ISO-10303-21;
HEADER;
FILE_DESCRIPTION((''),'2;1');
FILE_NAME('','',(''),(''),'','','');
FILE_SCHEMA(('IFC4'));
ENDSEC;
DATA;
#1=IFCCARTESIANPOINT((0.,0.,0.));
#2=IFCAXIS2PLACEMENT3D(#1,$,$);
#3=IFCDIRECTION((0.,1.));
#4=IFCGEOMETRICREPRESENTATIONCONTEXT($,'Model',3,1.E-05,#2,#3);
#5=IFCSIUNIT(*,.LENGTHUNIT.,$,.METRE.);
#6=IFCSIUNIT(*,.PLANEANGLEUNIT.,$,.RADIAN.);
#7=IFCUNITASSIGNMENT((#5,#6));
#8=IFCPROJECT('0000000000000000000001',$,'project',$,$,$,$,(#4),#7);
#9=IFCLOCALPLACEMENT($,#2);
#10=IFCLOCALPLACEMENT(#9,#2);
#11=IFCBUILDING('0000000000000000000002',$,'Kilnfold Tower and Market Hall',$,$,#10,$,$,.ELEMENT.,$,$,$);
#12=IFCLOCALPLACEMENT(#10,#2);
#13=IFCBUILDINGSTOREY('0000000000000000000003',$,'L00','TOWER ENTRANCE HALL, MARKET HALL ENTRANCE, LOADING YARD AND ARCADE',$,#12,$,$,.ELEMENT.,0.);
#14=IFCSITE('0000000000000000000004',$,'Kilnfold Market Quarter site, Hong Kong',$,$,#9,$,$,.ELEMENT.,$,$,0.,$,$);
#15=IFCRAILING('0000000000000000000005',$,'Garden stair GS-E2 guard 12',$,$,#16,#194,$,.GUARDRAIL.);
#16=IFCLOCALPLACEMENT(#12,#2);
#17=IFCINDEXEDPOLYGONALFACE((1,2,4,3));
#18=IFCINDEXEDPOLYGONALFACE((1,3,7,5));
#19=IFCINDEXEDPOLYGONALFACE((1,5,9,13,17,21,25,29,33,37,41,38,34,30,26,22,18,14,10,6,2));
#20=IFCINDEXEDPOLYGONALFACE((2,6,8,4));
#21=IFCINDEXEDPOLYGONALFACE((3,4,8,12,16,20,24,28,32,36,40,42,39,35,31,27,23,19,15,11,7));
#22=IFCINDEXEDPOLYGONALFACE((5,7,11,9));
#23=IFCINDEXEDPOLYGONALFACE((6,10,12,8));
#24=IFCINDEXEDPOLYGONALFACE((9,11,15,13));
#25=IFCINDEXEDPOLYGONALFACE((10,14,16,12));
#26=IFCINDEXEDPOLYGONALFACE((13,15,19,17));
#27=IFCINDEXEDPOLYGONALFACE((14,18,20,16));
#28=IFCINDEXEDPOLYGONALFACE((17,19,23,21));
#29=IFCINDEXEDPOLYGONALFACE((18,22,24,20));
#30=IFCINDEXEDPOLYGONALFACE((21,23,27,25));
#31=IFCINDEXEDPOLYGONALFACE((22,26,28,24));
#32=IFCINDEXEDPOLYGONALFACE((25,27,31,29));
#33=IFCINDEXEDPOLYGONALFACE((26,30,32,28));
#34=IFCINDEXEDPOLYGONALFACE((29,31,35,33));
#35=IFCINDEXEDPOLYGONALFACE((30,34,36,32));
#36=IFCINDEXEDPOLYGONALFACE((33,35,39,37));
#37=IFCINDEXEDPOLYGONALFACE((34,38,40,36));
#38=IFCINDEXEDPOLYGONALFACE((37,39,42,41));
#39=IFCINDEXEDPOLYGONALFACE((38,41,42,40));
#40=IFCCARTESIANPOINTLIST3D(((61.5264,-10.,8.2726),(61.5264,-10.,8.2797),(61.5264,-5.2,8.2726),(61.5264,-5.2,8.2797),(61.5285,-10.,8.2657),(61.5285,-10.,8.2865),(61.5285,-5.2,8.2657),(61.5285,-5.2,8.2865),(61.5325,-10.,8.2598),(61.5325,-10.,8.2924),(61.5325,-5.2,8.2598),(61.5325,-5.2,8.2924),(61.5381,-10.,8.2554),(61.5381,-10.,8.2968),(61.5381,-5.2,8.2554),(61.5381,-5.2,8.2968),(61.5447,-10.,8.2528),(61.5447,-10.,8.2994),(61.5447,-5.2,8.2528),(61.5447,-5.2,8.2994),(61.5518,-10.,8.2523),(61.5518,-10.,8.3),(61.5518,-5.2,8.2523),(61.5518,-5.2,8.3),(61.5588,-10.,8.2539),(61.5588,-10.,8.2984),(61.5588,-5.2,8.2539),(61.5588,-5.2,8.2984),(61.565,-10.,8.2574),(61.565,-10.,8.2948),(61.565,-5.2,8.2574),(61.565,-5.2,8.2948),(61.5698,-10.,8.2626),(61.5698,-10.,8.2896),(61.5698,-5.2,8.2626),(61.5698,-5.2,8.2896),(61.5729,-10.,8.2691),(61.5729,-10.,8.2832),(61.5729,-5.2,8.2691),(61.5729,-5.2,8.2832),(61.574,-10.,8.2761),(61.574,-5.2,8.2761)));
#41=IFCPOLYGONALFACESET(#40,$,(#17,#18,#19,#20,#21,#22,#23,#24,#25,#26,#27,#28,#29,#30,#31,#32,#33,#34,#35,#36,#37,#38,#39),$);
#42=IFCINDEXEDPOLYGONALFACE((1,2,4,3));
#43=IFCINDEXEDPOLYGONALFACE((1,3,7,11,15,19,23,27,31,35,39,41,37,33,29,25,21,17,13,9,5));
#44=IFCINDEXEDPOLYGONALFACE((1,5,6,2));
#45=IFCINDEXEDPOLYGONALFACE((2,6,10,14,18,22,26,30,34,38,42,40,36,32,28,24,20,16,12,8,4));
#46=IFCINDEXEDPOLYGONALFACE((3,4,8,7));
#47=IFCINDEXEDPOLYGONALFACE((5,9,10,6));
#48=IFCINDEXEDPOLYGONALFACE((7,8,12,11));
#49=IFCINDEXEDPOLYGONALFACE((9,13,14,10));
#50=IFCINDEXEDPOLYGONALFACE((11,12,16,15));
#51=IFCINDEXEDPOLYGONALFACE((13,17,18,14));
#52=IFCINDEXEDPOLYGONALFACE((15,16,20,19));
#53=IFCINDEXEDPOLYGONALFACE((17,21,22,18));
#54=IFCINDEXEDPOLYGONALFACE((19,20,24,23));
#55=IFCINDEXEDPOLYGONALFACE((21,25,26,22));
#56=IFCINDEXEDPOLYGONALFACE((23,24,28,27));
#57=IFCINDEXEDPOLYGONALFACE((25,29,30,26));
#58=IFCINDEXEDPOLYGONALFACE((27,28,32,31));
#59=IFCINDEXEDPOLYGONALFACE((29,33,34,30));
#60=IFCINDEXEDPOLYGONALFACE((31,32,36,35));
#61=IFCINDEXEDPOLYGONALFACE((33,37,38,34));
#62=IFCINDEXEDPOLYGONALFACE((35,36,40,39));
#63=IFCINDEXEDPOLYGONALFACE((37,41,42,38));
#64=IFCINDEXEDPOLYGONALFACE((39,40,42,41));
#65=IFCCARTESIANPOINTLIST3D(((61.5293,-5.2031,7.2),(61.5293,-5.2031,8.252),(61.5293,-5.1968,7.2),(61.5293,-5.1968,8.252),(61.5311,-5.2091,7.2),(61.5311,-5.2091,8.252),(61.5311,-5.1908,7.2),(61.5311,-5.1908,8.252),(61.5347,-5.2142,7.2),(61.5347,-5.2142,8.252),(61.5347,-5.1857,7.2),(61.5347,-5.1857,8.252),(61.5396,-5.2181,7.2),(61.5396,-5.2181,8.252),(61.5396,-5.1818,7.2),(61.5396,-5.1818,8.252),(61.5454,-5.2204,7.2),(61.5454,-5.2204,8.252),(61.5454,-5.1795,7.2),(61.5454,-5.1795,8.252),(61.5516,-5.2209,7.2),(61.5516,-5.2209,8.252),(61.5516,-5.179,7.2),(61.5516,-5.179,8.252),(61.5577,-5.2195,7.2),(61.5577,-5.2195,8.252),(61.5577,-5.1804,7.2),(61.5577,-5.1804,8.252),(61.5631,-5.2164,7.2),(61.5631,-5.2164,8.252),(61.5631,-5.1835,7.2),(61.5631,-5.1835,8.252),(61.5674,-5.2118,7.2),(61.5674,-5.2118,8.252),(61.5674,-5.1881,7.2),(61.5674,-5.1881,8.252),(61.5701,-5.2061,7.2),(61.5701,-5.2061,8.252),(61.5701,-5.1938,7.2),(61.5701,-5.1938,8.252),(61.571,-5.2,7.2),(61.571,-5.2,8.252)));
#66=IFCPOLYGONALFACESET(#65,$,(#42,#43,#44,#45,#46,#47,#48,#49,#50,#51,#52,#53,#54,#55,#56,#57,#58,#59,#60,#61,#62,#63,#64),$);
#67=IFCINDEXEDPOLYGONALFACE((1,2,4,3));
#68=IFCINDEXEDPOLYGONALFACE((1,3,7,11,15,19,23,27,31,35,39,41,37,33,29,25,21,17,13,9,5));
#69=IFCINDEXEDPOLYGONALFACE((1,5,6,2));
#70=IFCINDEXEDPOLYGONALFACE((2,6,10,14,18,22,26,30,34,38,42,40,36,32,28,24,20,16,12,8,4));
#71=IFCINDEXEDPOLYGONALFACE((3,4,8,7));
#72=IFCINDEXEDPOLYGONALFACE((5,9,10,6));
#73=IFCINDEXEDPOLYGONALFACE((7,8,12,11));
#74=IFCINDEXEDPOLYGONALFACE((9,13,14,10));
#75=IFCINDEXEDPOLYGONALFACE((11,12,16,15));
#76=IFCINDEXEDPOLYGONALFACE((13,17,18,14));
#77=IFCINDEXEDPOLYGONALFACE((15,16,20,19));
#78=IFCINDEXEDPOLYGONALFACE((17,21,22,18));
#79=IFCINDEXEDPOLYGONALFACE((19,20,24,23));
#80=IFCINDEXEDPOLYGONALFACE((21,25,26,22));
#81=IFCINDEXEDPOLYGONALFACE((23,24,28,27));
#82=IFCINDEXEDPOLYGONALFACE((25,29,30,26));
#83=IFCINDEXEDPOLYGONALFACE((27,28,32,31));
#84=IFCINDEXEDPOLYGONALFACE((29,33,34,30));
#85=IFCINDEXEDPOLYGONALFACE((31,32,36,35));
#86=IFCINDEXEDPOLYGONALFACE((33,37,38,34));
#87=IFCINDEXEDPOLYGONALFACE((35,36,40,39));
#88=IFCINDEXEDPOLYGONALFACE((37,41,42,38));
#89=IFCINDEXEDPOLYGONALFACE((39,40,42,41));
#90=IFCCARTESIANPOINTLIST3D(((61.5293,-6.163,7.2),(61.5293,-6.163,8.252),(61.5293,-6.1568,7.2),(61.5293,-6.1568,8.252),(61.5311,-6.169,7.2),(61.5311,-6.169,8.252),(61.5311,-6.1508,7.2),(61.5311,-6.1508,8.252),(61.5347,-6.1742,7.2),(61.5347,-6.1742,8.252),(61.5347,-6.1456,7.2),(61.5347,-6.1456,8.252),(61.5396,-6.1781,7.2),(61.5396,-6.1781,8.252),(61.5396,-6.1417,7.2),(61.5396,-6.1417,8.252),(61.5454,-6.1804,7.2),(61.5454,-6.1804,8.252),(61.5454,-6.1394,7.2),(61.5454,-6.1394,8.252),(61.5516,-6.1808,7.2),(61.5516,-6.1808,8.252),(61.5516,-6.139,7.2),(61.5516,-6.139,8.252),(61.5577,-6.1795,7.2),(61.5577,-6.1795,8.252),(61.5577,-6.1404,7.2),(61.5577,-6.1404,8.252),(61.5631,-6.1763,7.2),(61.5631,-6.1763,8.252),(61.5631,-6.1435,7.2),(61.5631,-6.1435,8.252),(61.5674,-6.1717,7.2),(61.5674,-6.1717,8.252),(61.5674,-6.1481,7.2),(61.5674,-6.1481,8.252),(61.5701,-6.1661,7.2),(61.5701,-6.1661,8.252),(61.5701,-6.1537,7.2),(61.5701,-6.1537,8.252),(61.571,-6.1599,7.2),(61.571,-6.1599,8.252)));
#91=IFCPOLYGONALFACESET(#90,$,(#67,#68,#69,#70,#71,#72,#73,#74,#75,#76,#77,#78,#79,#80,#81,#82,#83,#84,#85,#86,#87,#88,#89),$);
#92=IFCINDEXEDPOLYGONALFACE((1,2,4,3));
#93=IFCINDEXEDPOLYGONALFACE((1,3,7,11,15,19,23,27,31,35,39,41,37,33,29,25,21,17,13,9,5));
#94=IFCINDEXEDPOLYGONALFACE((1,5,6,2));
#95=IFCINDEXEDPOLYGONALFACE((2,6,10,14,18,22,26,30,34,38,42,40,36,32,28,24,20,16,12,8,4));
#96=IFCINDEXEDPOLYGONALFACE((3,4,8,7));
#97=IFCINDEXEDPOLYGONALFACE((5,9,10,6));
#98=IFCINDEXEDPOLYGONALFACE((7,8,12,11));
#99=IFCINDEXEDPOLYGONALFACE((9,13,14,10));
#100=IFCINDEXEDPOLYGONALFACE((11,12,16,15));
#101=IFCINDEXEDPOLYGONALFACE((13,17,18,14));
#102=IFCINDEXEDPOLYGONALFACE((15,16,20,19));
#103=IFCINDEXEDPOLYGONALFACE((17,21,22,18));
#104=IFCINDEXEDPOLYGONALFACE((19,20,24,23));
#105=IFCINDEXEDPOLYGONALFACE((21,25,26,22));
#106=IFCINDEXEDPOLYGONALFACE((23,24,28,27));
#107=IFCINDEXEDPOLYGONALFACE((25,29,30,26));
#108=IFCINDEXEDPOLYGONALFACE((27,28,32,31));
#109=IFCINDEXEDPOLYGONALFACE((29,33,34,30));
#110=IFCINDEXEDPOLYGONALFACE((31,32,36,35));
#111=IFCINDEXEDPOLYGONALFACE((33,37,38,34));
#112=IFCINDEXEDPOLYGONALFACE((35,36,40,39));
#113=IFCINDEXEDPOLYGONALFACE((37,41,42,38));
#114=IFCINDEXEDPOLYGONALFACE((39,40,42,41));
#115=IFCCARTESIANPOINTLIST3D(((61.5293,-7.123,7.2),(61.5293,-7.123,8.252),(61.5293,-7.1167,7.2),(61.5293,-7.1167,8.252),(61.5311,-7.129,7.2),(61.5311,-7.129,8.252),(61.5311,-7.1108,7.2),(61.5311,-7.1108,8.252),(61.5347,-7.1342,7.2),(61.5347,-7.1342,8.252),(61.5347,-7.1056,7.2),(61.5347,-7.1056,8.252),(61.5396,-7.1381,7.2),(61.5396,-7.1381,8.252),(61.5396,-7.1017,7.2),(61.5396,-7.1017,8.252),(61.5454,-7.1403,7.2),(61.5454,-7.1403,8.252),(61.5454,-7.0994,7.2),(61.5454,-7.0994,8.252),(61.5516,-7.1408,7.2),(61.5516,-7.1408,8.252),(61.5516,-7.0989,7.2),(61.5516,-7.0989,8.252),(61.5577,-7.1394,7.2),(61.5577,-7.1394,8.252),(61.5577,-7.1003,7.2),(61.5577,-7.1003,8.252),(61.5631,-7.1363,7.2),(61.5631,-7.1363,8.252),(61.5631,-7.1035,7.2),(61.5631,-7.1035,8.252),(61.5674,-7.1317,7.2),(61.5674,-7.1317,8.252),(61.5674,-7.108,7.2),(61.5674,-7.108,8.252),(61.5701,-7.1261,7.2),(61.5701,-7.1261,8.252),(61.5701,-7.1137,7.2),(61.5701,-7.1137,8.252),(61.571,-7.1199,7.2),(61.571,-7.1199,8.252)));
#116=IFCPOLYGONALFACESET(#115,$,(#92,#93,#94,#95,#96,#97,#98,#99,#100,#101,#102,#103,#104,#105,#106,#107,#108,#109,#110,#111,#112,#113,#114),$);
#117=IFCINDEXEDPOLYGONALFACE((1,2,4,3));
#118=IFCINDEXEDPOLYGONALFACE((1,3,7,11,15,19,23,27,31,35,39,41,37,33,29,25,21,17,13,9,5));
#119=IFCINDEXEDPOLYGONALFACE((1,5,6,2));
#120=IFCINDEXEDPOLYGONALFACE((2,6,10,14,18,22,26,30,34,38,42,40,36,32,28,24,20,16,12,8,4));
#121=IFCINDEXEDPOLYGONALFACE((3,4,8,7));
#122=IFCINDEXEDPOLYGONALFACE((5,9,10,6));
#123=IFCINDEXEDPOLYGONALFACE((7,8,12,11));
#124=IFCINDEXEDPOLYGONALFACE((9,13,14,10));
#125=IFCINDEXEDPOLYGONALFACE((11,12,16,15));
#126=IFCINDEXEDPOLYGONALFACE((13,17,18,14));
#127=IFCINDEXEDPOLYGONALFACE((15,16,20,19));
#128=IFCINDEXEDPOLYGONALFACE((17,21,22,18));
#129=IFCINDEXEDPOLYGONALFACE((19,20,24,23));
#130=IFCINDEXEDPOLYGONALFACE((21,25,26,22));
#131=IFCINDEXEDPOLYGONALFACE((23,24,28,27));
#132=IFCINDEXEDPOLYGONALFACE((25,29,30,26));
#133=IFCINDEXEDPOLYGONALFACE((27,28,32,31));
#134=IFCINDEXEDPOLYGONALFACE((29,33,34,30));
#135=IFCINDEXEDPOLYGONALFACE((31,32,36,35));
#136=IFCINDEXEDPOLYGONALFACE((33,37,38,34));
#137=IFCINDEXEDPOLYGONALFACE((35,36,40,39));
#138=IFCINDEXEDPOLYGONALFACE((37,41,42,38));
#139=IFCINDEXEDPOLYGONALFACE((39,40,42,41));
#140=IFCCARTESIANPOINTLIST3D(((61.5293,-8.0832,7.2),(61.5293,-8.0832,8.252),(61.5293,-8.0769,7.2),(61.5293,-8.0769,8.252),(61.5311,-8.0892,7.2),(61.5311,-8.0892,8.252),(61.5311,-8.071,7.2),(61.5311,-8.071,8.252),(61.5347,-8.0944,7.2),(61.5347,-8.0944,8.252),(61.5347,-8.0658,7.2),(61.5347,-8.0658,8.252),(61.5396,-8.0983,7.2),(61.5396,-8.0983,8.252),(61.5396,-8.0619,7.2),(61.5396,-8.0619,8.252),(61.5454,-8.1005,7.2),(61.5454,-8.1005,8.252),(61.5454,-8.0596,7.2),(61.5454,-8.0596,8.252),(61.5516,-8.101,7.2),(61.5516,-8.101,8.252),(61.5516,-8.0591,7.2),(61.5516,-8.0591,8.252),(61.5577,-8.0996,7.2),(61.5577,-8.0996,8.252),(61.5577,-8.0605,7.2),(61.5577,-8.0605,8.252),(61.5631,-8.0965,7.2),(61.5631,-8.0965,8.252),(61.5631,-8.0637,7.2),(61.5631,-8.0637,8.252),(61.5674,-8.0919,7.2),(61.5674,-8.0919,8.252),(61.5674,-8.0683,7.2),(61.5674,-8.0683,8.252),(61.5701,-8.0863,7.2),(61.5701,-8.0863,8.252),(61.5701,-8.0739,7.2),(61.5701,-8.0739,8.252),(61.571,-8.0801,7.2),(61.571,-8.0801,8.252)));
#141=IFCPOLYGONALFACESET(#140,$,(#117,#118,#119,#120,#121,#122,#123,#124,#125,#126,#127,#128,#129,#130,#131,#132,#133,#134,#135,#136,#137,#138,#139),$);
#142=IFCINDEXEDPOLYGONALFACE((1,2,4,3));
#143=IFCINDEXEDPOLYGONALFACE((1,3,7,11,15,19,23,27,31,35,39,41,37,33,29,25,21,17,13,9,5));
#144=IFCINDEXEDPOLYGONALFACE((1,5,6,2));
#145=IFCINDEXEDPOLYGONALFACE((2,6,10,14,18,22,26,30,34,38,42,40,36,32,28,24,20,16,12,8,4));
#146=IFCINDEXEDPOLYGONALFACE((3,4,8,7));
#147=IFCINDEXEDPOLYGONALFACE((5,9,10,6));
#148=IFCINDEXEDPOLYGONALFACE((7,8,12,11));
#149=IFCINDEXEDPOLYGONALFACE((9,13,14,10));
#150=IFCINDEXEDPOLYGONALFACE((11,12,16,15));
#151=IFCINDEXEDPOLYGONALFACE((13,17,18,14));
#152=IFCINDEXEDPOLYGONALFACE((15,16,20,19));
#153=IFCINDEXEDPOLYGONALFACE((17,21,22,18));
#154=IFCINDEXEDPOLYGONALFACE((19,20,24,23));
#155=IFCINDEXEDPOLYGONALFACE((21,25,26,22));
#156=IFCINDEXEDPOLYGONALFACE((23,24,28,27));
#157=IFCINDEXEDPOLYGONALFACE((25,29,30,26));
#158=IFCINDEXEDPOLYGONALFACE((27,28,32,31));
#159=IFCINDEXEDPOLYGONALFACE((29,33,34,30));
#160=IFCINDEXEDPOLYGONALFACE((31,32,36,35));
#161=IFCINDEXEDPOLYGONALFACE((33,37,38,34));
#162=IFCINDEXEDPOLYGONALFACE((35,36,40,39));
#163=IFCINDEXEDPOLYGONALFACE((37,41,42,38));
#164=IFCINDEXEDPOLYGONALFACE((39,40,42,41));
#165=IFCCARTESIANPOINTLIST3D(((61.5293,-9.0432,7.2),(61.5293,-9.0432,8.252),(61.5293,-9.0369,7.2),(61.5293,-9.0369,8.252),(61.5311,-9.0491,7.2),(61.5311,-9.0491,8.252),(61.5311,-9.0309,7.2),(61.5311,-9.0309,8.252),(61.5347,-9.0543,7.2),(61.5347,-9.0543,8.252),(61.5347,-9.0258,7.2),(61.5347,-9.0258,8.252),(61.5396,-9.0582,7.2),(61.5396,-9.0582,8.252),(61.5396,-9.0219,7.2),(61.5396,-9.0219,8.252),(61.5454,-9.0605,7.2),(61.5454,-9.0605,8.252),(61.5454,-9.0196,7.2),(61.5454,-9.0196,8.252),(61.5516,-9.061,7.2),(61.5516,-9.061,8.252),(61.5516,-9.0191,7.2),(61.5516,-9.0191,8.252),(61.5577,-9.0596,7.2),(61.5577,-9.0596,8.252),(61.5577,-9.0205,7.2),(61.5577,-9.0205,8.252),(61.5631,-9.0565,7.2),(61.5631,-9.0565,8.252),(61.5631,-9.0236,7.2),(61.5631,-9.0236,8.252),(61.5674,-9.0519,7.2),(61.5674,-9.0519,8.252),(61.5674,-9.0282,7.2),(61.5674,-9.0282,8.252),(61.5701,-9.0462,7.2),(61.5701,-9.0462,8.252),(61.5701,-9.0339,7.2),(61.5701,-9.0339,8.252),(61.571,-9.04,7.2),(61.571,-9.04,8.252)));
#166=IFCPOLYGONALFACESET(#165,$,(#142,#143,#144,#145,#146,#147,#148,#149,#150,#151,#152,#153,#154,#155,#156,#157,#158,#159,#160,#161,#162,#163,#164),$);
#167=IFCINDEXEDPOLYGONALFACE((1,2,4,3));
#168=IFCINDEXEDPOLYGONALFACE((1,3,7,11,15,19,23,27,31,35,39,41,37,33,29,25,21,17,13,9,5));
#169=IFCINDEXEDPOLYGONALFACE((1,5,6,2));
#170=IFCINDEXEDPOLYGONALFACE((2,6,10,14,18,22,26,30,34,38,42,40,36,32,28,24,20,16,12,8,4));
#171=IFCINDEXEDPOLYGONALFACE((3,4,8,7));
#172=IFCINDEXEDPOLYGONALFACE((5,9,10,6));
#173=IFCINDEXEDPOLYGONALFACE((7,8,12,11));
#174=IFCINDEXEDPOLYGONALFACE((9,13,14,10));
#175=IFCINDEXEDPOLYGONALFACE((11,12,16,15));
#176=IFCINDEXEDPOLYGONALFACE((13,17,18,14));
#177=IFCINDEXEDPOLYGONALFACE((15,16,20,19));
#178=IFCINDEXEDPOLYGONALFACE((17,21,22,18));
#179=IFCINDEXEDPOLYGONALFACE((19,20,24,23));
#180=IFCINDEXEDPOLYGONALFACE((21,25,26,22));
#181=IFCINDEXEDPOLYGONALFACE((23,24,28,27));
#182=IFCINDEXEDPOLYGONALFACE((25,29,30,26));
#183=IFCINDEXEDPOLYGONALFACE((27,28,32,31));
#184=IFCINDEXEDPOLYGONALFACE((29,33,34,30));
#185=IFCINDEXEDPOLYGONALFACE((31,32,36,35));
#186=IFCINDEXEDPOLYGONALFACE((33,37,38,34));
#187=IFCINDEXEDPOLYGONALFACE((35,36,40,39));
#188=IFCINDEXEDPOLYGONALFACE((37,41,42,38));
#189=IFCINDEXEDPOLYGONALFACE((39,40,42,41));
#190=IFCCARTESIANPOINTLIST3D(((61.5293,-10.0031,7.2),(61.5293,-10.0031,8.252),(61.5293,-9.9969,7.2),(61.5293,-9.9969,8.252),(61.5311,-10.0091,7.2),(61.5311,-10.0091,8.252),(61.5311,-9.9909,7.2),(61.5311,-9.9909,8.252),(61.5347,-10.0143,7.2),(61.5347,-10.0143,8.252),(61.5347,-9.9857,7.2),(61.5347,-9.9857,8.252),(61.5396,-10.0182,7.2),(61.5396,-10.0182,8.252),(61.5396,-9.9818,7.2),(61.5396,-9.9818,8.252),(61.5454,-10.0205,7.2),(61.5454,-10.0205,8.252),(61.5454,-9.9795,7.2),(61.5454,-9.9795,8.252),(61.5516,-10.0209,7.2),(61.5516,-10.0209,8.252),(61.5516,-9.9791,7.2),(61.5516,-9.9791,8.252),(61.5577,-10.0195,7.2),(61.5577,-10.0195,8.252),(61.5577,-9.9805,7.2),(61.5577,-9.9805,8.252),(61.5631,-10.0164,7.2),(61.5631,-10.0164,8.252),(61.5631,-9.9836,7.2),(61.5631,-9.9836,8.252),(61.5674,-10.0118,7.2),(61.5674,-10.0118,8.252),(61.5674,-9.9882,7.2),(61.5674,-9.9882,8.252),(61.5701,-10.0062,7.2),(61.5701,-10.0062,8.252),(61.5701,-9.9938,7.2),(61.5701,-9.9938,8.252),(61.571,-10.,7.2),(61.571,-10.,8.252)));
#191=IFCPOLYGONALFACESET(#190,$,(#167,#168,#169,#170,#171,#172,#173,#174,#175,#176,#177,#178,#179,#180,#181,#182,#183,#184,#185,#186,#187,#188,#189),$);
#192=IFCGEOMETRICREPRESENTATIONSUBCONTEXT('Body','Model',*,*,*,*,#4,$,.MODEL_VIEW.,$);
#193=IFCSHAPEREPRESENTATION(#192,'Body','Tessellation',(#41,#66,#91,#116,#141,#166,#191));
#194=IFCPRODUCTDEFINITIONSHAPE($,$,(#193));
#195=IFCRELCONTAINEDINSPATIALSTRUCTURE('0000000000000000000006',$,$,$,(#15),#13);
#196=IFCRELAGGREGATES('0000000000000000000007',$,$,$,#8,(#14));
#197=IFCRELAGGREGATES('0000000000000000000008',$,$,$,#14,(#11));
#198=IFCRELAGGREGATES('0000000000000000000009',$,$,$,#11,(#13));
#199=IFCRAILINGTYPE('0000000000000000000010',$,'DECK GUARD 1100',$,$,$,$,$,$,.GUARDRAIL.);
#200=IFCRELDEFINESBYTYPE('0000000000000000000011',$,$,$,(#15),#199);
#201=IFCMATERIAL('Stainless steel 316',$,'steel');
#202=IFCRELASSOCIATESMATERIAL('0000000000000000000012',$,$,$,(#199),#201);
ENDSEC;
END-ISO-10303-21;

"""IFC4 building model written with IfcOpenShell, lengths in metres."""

from ifc_helpers import new_model, si_unit, direction, frame, origin, origin_2d, place, context, subcontext, project, spatial, circle, extrude, material, type_object, element, save


model = new_model("IFC4")

# Units and contexts
model_context = context("Model", 3, precision=1e-05, world=origin(), true_north=direction((0.0, 1.0)))
body_context = subcontext(model_context, "Body", "Model", "MODEL_VIEW")
ifc_project = project(units=[si_unit("LENGTHUNIT", "METRE"), si_unit("PLANEANGLEUNIT", "RADIAN")], contexts=[model_context])

# Site, building, storey
site_placement = place(None, origin())
site = spatial("IfcSite", under=ifc_project, at=site_placement, Name="Kilnfold Market Quarter site, Hong Kong", CompositionType="ELEMENT", RefElevation=0.0)
building_placement = place(site_placement, origin())
building = spatial("IfcBuilding", under=site, at=building_placement, Name="Kilnfold Tower and Market Hall", CompositionType="ELEMENT")
storey_placement = place(building_placement, origin())
storey = spatial("IfcBuildingStorey", under=building, at=storey_placement, Name="L00", Description="TOWER ENTRANCE HALL, MARKET HALL ENTRANCE, LOADING YARD AND ARCADE", CompositionType="ELEMENT", Elevation=0.0)

# Railing
ifc_material_1 = material(Name="Stainless steel 316", Category="steel")
railing_type_1 = type_object("IfcRailingType", Name="DECK GUARD 1100", PredefinedType="GUARDRAIL", material=ifc_material_1)
railing_1_placement = place(storey_placement, frame((61.55, -5.2, 7.2)))
element("IfcRailing", 1, at=railing_1_placement, inside=storey, type_object=railing_type_1, Name="Garden stair GS-E2 guard 12", PredefinedType="GUARDRAIL", context=body_context, shape_type="SweptSolid", body=[
    extrude(circle(Radius=0.0239, at=origin_2d()), frame((0.0, 0.0, 1.0762), z_axis=(0.0, -1.0, 0.0), x_axis=(1.0, 0.0, 0.0)), (0.0, 0.0, 1.0), 4.8),
    extrude(circle(Radius=0.021, at=origin_2d()), origin(), (0.0, 0.0, 1.0), 1.052),
    extrude(circle(Radius=0.021, at=origin_2d()), frame((0.0, -0.96, 0.0)), (0.0, 0.0, 1.0), 1.052),
    extrude(circle(Radius=0.021, at=origin_2d()), frame((0.0, -1.9199, 0.0)), (0.0, 0.0, 1.0), 1.052),
    extrude(circle(Radius=0.021, at=origin_2d()), frame((0.0, -2.8801, 0.0)), (0.0, 0.0, 1.0), 1.052),
    extrude(circle(Radius=0.021, at=origin_2d()), frame((0.0, -3.8401, 0.0)), (0.0, 0.0, 1.0), 1.052),
    extrude(circle(Radius=0.021, at=origin_2d()), frame((0.0, -4.8, 0.0)), (0.0, 0.0, 1.0), 1.052),
])

save(model, "model.ifc")
